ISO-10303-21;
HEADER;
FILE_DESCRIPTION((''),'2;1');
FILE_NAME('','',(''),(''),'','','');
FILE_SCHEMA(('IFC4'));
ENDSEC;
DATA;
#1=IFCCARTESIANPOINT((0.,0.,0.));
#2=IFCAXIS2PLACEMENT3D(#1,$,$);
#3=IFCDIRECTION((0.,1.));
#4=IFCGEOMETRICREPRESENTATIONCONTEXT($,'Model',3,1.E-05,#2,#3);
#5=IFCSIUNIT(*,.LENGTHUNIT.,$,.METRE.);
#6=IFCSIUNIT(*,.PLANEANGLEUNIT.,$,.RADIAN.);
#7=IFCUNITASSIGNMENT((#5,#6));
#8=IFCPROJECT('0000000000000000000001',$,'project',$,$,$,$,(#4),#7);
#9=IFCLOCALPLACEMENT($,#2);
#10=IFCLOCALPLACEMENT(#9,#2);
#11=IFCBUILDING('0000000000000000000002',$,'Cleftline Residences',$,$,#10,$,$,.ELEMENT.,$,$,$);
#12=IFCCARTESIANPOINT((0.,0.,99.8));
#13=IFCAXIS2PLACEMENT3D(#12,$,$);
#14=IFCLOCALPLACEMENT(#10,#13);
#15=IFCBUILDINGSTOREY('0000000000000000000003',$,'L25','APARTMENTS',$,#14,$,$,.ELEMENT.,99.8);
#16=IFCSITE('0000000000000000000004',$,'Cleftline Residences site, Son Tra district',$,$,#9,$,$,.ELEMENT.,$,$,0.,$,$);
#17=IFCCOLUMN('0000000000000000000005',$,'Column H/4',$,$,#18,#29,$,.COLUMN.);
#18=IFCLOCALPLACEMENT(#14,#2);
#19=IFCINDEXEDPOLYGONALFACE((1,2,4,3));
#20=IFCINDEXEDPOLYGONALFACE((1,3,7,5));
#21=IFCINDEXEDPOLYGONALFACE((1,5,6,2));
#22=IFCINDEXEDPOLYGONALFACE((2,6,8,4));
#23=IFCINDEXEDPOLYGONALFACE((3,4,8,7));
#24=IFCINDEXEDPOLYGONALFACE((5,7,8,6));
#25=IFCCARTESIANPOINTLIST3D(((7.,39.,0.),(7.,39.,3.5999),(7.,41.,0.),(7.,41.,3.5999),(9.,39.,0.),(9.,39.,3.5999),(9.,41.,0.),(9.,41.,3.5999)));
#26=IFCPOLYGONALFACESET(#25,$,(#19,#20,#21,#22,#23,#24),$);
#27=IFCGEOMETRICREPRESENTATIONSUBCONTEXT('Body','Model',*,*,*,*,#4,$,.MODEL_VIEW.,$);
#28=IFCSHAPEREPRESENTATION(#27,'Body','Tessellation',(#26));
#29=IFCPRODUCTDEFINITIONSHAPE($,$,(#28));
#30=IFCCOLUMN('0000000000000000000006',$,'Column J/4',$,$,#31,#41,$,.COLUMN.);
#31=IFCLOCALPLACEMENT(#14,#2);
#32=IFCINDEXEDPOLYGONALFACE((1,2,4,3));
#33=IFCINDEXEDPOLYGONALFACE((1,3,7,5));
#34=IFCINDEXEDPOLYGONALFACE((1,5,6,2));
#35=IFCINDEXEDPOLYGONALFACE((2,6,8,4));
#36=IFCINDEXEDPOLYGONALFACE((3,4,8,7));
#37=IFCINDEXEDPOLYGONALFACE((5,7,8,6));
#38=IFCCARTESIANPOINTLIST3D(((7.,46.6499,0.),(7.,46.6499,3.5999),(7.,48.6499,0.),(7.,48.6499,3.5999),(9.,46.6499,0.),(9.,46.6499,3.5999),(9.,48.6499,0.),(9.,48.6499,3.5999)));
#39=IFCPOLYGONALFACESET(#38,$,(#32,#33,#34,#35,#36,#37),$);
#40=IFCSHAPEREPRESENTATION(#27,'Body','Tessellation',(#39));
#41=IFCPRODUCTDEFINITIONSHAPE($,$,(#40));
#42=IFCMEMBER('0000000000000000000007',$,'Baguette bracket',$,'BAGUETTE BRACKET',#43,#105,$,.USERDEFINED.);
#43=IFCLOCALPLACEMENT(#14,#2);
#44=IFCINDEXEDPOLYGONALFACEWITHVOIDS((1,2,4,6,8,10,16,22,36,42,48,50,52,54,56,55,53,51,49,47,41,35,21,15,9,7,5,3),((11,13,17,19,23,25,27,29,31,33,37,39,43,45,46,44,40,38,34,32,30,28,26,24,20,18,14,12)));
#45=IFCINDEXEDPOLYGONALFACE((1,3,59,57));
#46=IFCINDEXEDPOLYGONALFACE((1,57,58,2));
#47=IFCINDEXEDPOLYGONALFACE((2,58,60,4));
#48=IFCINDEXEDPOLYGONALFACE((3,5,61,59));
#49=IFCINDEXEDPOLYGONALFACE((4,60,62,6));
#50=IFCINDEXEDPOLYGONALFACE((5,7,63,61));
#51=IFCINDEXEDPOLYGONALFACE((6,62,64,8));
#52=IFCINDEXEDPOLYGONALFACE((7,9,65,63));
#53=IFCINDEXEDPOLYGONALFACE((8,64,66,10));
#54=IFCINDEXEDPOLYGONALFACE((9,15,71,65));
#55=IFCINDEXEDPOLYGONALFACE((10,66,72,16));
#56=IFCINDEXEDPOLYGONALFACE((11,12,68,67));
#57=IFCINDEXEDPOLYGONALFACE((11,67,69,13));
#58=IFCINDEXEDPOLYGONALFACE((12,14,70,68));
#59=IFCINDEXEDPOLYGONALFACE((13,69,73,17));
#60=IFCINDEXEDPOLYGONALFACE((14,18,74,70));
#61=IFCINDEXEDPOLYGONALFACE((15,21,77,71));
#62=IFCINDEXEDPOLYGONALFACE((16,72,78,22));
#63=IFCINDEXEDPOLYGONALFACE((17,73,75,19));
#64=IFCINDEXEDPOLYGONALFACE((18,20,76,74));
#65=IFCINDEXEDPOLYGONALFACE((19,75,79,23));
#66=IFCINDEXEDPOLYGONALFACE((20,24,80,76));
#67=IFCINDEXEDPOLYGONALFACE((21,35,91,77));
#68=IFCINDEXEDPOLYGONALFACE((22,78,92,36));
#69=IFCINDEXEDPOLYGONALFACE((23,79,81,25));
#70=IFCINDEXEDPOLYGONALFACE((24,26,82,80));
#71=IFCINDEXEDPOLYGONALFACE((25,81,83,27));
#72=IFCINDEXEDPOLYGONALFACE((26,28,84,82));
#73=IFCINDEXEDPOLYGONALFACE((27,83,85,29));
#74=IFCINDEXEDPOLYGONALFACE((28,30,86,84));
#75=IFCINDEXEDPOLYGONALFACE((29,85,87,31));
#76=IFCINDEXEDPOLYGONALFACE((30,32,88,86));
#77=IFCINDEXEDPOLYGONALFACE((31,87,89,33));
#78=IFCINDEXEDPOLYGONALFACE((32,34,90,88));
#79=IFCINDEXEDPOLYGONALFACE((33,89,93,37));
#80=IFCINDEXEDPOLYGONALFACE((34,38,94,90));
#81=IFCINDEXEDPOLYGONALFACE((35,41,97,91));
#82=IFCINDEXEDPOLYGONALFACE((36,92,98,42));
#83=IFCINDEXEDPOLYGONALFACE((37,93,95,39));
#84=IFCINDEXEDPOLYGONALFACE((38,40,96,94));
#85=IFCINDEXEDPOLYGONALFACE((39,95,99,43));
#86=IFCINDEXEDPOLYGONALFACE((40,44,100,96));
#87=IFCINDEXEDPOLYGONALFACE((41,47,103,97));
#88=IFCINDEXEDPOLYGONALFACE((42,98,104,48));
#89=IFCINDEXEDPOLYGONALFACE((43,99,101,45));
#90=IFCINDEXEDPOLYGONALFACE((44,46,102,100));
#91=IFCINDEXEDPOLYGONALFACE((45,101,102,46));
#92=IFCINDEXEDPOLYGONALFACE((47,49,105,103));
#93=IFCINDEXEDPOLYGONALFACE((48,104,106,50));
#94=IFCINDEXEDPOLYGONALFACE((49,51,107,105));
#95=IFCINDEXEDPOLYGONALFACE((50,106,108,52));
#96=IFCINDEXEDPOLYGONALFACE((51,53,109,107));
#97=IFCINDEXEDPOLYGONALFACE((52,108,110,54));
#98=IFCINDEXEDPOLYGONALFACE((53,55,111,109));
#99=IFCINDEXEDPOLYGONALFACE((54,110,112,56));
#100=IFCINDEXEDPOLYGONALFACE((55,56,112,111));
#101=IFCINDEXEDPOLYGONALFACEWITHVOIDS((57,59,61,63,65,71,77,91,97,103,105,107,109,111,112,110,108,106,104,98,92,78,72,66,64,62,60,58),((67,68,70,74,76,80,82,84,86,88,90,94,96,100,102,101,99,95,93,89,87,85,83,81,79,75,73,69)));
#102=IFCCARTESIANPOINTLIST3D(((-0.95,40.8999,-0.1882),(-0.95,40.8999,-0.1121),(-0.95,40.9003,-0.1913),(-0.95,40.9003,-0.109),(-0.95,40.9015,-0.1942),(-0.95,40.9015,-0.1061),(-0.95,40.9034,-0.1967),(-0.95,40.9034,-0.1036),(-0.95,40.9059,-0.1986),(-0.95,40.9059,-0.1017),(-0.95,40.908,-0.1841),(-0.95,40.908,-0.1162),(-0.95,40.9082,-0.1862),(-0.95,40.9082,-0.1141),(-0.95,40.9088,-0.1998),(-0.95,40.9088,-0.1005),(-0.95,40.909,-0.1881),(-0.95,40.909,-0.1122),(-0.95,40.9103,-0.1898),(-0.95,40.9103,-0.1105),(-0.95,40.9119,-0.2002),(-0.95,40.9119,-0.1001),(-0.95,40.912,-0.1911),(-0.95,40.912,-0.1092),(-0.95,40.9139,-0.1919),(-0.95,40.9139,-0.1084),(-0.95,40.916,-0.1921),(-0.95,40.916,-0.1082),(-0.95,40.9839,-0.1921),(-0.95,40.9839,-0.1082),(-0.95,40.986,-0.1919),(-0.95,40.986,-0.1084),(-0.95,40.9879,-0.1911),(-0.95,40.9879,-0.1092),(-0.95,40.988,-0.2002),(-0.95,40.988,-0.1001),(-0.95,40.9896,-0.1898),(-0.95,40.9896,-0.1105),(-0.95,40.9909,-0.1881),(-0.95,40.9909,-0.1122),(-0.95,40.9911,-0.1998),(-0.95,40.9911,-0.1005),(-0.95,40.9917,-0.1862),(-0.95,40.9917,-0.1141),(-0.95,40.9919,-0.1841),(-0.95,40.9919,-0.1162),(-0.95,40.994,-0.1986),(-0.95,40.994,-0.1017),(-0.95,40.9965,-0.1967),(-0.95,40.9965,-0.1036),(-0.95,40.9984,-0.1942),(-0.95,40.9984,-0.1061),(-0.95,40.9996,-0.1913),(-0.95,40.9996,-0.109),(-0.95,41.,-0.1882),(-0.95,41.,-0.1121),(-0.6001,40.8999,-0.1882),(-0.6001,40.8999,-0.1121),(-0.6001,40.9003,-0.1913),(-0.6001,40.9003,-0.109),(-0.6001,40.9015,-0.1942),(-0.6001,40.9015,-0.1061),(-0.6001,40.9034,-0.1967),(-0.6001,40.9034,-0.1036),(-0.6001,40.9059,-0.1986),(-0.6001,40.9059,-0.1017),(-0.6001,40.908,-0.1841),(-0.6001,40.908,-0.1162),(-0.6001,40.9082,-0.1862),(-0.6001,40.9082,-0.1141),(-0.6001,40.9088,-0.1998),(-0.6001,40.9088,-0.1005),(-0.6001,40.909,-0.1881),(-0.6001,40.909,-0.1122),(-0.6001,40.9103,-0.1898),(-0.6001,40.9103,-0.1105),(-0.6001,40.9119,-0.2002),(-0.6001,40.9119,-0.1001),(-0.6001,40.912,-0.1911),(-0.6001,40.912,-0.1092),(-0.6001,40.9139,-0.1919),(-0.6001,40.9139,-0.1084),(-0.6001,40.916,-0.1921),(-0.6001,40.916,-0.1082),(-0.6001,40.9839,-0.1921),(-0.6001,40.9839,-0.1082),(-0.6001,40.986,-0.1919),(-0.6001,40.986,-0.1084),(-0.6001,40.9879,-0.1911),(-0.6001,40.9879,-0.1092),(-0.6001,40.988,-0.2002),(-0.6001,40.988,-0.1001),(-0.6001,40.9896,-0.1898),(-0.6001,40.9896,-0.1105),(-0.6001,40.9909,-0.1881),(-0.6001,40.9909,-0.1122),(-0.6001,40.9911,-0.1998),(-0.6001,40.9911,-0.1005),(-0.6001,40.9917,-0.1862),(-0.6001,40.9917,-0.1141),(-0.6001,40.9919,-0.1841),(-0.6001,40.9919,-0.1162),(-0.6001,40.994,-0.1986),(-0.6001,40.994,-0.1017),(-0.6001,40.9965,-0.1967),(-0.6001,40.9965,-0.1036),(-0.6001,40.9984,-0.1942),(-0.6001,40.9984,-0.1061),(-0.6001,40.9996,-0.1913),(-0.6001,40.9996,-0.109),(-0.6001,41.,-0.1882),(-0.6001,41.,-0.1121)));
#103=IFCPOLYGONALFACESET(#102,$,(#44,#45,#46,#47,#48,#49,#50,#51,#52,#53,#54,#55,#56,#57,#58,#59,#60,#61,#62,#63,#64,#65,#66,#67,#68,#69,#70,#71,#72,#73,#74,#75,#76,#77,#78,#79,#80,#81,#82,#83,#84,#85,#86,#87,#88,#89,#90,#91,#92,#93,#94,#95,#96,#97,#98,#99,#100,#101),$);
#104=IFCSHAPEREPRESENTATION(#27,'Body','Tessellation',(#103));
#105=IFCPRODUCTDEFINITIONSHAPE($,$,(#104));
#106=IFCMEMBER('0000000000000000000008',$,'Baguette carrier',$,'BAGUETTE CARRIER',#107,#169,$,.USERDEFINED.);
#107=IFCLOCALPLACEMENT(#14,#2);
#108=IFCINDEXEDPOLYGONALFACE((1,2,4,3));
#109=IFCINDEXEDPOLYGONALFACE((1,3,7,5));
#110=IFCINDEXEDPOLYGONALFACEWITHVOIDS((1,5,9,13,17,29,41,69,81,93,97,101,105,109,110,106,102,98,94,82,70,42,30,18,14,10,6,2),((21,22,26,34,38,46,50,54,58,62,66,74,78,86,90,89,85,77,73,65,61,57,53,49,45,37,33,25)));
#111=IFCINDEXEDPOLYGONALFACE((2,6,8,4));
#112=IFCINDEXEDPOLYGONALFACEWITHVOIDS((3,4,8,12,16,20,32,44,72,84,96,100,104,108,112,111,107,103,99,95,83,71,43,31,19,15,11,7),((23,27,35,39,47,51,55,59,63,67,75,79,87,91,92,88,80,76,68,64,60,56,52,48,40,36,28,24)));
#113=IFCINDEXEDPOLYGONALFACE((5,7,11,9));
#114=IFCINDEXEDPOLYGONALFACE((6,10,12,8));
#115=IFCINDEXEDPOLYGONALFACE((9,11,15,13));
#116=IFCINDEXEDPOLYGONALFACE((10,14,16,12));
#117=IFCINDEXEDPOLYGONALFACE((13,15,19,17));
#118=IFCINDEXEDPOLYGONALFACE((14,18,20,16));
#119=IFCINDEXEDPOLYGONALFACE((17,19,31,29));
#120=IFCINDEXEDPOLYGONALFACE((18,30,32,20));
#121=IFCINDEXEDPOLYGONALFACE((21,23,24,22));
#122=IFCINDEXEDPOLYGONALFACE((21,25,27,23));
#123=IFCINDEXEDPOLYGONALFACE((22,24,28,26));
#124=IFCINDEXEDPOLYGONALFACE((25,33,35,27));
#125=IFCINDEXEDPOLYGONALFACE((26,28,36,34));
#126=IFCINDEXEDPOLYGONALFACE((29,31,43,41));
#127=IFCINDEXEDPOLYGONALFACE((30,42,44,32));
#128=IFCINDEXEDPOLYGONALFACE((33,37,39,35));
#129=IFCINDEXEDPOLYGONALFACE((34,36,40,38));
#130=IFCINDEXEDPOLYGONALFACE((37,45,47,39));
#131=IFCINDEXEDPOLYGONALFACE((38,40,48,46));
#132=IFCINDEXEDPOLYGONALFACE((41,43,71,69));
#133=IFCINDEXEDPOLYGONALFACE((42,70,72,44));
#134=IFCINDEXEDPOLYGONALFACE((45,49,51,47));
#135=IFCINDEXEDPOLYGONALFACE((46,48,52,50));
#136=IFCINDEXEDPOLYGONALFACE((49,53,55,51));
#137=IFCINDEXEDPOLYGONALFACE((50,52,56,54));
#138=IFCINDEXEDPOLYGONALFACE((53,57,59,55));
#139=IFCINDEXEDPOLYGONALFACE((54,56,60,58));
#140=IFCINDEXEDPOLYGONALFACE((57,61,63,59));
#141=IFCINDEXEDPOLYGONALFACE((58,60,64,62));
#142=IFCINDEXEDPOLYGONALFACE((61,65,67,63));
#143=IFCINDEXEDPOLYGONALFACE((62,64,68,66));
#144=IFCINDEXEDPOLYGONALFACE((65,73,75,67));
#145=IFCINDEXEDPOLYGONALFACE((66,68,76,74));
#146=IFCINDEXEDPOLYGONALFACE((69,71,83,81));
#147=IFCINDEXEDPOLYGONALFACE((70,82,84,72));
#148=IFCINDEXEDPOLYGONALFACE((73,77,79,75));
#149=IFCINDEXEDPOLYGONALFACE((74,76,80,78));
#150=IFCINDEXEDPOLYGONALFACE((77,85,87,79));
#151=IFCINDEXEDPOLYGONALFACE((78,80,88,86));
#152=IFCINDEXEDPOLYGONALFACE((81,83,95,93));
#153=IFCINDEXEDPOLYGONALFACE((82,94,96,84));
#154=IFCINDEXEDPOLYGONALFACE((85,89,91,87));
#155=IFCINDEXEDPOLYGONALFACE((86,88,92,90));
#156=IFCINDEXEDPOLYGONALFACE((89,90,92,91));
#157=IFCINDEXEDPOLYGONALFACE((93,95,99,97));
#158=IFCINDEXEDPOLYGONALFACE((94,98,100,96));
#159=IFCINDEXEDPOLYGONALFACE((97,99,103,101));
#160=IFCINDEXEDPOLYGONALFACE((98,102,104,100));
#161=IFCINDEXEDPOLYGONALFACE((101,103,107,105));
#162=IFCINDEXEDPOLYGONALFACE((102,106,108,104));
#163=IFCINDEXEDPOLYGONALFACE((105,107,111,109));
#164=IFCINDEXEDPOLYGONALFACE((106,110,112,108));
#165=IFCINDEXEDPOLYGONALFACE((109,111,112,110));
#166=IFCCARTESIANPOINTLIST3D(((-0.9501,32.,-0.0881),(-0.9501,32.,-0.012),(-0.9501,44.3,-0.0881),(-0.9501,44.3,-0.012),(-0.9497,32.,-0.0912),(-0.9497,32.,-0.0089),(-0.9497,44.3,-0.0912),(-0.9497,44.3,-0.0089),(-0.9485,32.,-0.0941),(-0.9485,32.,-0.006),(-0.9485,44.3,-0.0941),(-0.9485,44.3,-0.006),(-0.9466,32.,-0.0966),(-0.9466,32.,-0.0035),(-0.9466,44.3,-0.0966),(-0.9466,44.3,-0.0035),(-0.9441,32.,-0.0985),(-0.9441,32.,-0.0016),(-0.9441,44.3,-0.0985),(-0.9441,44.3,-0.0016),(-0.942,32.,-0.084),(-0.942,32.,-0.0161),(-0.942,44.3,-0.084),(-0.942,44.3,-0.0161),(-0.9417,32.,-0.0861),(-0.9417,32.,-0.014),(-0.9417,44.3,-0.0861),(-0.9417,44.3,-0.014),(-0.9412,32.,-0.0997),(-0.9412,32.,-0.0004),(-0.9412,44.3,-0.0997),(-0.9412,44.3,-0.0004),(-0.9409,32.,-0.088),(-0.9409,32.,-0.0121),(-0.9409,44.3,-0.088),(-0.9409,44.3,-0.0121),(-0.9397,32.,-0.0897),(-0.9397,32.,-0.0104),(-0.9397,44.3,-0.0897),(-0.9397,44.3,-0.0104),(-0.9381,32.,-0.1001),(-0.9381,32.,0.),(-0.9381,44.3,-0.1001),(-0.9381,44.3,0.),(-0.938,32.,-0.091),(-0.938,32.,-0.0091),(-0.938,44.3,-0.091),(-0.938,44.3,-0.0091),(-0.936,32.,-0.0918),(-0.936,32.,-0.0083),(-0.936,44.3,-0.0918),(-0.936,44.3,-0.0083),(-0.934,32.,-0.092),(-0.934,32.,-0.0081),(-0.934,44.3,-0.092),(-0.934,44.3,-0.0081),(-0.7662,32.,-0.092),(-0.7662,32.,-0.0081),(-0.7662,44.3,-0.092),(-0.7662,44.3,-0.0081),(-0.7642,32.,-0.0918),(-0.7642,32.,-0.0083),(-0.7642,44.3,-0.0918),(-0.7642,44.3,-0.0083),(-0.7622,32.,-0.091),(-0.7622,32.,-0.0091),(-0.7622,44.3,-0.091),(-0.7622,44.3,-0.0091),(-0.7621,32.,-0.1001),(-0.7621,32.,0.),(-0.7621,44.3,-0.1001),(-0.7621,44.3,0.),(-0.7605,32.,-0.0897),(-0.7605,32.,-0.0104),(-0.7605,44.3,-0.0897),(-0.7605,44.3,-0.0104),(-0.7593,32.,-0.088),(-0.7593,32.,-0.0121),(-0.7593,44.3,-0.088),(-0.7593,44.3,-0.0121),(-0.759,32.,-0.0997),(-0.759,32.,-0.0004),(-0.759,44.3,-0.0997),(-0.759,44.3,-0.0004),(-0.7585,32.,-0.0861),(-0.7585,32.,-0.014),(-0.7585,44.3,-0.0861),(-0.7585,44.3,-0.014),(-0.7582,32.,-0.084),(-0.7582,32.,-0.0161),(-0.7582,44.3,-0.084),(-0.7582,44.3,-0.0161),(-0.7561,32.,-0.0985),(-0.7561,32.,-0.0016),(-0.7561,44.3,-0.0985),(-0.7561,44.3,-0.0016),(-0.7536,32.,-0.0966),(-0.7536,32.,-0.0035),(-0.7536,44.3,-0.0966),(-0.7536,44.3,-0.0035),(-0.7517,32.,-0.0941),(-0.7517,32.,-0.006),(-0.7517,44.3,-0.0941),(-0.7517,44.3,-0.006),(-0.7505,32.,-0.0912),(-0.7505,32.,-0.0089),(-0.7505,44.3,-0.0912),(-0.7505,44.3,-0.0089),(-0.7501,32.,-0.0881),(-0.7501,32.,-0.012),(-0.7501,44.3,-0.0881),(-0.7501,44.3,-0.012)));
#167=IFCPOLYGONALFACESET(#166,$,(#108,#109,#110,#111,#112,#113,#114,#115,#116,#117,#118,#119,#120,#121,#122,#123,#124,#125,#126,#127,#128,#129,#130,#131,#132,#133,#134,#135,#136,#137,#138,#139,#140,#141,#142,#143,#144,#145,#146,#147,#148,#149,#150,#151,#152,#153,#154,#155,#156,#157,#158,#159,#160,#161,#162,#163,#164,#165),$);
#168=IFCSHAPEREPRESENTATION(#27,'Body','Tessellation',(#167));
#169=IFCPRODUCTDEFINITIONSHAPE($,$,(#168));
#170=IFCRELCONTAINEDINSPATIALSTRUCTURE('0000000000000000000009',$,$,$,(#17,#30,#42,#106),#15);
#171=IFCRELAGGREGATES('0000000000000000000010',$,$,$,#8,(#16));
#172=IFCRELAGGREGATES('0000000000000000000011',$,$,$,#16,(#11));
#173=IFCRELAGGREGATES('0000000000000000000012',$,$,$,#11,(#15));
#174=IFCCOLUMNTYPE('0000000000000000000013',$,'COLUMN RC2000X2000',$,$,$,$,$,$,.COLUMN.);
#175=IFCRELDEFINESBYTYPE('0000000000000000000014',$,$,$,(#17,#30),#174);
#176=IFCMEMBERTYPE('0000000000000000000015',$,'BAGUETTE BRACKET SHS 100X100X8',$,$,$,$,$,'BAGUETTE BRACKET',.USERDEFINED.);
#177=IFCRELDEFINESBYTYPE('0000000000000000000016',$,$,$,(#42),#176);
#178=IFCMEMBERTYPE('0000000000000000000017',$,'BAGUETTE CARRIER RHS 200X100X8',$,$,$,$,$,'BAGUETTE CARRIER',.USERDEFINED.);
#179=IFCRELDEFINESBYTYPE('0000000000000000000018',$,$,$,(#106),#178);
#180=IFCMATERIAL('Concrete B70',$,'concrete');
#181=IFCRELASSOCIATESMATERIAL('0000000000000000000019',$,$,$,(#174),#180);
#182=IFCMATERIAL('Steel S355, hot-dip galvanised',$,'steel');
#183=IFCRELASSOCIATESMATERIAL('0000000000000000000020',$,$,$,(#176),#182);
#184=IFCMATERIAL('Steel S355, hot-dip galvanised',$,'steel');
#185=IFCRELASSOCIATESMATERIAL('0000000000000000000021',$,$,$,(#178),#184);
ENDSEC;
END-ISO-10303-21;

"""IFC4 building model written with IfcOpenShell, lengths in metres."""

from ifc_helpers import new_model, si_unit, direction, frame, origin, origin_2d, place, context, subcontext, project, spatial, rectangle, hollow_rectangle, extrude, material, material_profile, profile_set, type_object, element, save


model = new_model("IFC4")

# Units and contexts
model_context = context("Model", 3, precision=1e-05, world=origin(), true_north=direction((0.0, 1.0)))
body_context = subcontext(model_context, "Body", "Model", "MODEL_VIEW")
ifc_project = project(units=[si_unit("LENGTHUNIT", "METRE"), si_unit("PLANEANGLEUNIT", "RADIAN")], contexts=[model_context])

# Site, building, storey
site_placement = place(None, origin())
site = spatial("IfcSite", under=ifc_project, at=site_placement, Name="Cleftline Residences site, Son Tra district", CompositionType="ELEMENT", RefElevation=0.0)
building_placement = place(site_placement, origin())
building = spatial("IfcBuilding", under=site, at=building_placement, Name="Cleftline Residences", CompositionType="ELEMENT")
storey_placement = place(building_placement, frame((0.0, 0.0, 99.8)))
storey = spatial("IfcBuildingStorey", under=building, at=storey_placement, Name="L25", Description="APARTMENTS", CompositionType="ELEMENT", Elevation=99.8)

# Columns
ifc_material_1 = material(Name="Concrete B70", Category="concrete")
ifc_material_profile_1 = material_profile(ifc_material_1, rectangle(XDim=2.0, YDim=2.0, at=origin_2d()))
ifc_profile_set_1 = profile_set([ifc_material_profile_1], Name="Concrete B70")
column_type = type_object("IfcColumnType", Name="COLUMN RC2000X2000", PredefinedType="COLUMN", material=ifc_profile_set_1)
for number, where, z_axis, x_axis, name in (
    (1, (8.0, 40.0, 0.0), (0.0, 0.0, 1.0), (1.0, 0.0, 0.0), "Column H/4"),
    (2, (8.0, 47.6499, 0.0), (0.0, 0.0, 1.0), (1.0, 0.0, 0.0), "Column J/4"),
):
    element("IfcColumn", number, at=place(storey_placement, frame(where, z_axis=z_axis, x_axis=x_axis)), inside=storey, type_object=column_type, Name=name, PredefinedType="COLUMN", context=body_context, shape_type="SweptSolid", body=[
        extrude(rectangle(XDim=2.0, YDim=2.0, at=origin_2d()), origin(), (0.0, 0.0, 1.0), 3.5999),
    ])

# Members
ifc_material_2 = material(Name="Steel S355, hot-dip galvanised", Category="steel")
ifc_material_profile_2 = material_profile(ifc_material_2, hollow_rectangle(XDim=0.1001, YDim=0.1001, WallThickness=0.0081, InnerFilletRadius=0.0081, OuterFilletRadius=0.012, at=origin_2d()))
ifc_profile_set_2 = profile_set([ifc_material_profile_2], Name="Steel S355, hot-dip galvanised")
member_type_1 = type_object("IfcMemberType", Name="BAGUETTE BRACKET SHS 100X100X8", ElementType="BAGUETTE BRACKET", PredefinedType="USERDEFINED", material=ifc_profile_set_2)
member_1_placement = place(storey_placement, frame((-0.6001, 40.95, -0.1501), z_axis=(-1.0, 0.0, 0.0), x_axis=(0.0, -1.0, 0.0)))
element("IfcMember", 3, at=member_1_placement, inside=storey, type_object=member_type_1, Name="Baguette bracket", ObjectType="BAGUETTE BRACKET", PredefinedType="USERDEFINED", context=body_context, shape_type="SweptSolid", body=[
    extrude(hollow_rectangle(XDim=0.1001, YDim=0.1001, WallThickness=0.0081, InnerFilletRadius=0.0081, OuterFilletRadius=0.012, at=origin_2d()), origin(), (0.0, 0.0, 1.0), 0.3499),
])
ifc_material_3 = material(Name="Steel S355, hot-dip galvanised", Category="steel")
ifc_material_profile_3 = material_profile(ifc_material_3, hollow_rectangle(XDim=0.1001, YDim=0.2, WallThickness=0.0081, InnerFilletRadius=0.0081, OuterFilletRadius=0.012, at=origin_2d()))
ifc_profile_set_3 = profile_set([ifc_material_profile_3], Name="Steel S355, hot-dip galvanised")
member_type_2 = type_object("IfcMemberType", Name="BAGUETTE CARRIER RHS 200X100X8", ElementType="BAGUETTE CARRIER", PredefinedType="USERDEFINED", material=ifc_profile_set_3)
member_2_placement = place(storey_placement, frame((-0.8501, 44.3, -0.05), z_axis=(0.0, -1.0, 0.0), x_axis=(0.0, 0.0, 1.0)))
element("IfcMember", 4, at=member_2_placement, inside=storey, type_object=member_type_2, Name="Baguette carrier", ObjectType="BAGUETTE CARRIER", PredefinedType="USERDEFINED", context=body_context, shape_type="SweptSolid", body=[
    extrude(hollow_rectangle(XDim=0.1001, YDim=0.2, WallThickness=0.0081, InnerFilletRadius=0.0081, OuterFilletRadius=0.012, at=origin_2d()), origin(), (0.0, 0.0, 1.0), 12.3),
])

save(model, "model.ifc")
